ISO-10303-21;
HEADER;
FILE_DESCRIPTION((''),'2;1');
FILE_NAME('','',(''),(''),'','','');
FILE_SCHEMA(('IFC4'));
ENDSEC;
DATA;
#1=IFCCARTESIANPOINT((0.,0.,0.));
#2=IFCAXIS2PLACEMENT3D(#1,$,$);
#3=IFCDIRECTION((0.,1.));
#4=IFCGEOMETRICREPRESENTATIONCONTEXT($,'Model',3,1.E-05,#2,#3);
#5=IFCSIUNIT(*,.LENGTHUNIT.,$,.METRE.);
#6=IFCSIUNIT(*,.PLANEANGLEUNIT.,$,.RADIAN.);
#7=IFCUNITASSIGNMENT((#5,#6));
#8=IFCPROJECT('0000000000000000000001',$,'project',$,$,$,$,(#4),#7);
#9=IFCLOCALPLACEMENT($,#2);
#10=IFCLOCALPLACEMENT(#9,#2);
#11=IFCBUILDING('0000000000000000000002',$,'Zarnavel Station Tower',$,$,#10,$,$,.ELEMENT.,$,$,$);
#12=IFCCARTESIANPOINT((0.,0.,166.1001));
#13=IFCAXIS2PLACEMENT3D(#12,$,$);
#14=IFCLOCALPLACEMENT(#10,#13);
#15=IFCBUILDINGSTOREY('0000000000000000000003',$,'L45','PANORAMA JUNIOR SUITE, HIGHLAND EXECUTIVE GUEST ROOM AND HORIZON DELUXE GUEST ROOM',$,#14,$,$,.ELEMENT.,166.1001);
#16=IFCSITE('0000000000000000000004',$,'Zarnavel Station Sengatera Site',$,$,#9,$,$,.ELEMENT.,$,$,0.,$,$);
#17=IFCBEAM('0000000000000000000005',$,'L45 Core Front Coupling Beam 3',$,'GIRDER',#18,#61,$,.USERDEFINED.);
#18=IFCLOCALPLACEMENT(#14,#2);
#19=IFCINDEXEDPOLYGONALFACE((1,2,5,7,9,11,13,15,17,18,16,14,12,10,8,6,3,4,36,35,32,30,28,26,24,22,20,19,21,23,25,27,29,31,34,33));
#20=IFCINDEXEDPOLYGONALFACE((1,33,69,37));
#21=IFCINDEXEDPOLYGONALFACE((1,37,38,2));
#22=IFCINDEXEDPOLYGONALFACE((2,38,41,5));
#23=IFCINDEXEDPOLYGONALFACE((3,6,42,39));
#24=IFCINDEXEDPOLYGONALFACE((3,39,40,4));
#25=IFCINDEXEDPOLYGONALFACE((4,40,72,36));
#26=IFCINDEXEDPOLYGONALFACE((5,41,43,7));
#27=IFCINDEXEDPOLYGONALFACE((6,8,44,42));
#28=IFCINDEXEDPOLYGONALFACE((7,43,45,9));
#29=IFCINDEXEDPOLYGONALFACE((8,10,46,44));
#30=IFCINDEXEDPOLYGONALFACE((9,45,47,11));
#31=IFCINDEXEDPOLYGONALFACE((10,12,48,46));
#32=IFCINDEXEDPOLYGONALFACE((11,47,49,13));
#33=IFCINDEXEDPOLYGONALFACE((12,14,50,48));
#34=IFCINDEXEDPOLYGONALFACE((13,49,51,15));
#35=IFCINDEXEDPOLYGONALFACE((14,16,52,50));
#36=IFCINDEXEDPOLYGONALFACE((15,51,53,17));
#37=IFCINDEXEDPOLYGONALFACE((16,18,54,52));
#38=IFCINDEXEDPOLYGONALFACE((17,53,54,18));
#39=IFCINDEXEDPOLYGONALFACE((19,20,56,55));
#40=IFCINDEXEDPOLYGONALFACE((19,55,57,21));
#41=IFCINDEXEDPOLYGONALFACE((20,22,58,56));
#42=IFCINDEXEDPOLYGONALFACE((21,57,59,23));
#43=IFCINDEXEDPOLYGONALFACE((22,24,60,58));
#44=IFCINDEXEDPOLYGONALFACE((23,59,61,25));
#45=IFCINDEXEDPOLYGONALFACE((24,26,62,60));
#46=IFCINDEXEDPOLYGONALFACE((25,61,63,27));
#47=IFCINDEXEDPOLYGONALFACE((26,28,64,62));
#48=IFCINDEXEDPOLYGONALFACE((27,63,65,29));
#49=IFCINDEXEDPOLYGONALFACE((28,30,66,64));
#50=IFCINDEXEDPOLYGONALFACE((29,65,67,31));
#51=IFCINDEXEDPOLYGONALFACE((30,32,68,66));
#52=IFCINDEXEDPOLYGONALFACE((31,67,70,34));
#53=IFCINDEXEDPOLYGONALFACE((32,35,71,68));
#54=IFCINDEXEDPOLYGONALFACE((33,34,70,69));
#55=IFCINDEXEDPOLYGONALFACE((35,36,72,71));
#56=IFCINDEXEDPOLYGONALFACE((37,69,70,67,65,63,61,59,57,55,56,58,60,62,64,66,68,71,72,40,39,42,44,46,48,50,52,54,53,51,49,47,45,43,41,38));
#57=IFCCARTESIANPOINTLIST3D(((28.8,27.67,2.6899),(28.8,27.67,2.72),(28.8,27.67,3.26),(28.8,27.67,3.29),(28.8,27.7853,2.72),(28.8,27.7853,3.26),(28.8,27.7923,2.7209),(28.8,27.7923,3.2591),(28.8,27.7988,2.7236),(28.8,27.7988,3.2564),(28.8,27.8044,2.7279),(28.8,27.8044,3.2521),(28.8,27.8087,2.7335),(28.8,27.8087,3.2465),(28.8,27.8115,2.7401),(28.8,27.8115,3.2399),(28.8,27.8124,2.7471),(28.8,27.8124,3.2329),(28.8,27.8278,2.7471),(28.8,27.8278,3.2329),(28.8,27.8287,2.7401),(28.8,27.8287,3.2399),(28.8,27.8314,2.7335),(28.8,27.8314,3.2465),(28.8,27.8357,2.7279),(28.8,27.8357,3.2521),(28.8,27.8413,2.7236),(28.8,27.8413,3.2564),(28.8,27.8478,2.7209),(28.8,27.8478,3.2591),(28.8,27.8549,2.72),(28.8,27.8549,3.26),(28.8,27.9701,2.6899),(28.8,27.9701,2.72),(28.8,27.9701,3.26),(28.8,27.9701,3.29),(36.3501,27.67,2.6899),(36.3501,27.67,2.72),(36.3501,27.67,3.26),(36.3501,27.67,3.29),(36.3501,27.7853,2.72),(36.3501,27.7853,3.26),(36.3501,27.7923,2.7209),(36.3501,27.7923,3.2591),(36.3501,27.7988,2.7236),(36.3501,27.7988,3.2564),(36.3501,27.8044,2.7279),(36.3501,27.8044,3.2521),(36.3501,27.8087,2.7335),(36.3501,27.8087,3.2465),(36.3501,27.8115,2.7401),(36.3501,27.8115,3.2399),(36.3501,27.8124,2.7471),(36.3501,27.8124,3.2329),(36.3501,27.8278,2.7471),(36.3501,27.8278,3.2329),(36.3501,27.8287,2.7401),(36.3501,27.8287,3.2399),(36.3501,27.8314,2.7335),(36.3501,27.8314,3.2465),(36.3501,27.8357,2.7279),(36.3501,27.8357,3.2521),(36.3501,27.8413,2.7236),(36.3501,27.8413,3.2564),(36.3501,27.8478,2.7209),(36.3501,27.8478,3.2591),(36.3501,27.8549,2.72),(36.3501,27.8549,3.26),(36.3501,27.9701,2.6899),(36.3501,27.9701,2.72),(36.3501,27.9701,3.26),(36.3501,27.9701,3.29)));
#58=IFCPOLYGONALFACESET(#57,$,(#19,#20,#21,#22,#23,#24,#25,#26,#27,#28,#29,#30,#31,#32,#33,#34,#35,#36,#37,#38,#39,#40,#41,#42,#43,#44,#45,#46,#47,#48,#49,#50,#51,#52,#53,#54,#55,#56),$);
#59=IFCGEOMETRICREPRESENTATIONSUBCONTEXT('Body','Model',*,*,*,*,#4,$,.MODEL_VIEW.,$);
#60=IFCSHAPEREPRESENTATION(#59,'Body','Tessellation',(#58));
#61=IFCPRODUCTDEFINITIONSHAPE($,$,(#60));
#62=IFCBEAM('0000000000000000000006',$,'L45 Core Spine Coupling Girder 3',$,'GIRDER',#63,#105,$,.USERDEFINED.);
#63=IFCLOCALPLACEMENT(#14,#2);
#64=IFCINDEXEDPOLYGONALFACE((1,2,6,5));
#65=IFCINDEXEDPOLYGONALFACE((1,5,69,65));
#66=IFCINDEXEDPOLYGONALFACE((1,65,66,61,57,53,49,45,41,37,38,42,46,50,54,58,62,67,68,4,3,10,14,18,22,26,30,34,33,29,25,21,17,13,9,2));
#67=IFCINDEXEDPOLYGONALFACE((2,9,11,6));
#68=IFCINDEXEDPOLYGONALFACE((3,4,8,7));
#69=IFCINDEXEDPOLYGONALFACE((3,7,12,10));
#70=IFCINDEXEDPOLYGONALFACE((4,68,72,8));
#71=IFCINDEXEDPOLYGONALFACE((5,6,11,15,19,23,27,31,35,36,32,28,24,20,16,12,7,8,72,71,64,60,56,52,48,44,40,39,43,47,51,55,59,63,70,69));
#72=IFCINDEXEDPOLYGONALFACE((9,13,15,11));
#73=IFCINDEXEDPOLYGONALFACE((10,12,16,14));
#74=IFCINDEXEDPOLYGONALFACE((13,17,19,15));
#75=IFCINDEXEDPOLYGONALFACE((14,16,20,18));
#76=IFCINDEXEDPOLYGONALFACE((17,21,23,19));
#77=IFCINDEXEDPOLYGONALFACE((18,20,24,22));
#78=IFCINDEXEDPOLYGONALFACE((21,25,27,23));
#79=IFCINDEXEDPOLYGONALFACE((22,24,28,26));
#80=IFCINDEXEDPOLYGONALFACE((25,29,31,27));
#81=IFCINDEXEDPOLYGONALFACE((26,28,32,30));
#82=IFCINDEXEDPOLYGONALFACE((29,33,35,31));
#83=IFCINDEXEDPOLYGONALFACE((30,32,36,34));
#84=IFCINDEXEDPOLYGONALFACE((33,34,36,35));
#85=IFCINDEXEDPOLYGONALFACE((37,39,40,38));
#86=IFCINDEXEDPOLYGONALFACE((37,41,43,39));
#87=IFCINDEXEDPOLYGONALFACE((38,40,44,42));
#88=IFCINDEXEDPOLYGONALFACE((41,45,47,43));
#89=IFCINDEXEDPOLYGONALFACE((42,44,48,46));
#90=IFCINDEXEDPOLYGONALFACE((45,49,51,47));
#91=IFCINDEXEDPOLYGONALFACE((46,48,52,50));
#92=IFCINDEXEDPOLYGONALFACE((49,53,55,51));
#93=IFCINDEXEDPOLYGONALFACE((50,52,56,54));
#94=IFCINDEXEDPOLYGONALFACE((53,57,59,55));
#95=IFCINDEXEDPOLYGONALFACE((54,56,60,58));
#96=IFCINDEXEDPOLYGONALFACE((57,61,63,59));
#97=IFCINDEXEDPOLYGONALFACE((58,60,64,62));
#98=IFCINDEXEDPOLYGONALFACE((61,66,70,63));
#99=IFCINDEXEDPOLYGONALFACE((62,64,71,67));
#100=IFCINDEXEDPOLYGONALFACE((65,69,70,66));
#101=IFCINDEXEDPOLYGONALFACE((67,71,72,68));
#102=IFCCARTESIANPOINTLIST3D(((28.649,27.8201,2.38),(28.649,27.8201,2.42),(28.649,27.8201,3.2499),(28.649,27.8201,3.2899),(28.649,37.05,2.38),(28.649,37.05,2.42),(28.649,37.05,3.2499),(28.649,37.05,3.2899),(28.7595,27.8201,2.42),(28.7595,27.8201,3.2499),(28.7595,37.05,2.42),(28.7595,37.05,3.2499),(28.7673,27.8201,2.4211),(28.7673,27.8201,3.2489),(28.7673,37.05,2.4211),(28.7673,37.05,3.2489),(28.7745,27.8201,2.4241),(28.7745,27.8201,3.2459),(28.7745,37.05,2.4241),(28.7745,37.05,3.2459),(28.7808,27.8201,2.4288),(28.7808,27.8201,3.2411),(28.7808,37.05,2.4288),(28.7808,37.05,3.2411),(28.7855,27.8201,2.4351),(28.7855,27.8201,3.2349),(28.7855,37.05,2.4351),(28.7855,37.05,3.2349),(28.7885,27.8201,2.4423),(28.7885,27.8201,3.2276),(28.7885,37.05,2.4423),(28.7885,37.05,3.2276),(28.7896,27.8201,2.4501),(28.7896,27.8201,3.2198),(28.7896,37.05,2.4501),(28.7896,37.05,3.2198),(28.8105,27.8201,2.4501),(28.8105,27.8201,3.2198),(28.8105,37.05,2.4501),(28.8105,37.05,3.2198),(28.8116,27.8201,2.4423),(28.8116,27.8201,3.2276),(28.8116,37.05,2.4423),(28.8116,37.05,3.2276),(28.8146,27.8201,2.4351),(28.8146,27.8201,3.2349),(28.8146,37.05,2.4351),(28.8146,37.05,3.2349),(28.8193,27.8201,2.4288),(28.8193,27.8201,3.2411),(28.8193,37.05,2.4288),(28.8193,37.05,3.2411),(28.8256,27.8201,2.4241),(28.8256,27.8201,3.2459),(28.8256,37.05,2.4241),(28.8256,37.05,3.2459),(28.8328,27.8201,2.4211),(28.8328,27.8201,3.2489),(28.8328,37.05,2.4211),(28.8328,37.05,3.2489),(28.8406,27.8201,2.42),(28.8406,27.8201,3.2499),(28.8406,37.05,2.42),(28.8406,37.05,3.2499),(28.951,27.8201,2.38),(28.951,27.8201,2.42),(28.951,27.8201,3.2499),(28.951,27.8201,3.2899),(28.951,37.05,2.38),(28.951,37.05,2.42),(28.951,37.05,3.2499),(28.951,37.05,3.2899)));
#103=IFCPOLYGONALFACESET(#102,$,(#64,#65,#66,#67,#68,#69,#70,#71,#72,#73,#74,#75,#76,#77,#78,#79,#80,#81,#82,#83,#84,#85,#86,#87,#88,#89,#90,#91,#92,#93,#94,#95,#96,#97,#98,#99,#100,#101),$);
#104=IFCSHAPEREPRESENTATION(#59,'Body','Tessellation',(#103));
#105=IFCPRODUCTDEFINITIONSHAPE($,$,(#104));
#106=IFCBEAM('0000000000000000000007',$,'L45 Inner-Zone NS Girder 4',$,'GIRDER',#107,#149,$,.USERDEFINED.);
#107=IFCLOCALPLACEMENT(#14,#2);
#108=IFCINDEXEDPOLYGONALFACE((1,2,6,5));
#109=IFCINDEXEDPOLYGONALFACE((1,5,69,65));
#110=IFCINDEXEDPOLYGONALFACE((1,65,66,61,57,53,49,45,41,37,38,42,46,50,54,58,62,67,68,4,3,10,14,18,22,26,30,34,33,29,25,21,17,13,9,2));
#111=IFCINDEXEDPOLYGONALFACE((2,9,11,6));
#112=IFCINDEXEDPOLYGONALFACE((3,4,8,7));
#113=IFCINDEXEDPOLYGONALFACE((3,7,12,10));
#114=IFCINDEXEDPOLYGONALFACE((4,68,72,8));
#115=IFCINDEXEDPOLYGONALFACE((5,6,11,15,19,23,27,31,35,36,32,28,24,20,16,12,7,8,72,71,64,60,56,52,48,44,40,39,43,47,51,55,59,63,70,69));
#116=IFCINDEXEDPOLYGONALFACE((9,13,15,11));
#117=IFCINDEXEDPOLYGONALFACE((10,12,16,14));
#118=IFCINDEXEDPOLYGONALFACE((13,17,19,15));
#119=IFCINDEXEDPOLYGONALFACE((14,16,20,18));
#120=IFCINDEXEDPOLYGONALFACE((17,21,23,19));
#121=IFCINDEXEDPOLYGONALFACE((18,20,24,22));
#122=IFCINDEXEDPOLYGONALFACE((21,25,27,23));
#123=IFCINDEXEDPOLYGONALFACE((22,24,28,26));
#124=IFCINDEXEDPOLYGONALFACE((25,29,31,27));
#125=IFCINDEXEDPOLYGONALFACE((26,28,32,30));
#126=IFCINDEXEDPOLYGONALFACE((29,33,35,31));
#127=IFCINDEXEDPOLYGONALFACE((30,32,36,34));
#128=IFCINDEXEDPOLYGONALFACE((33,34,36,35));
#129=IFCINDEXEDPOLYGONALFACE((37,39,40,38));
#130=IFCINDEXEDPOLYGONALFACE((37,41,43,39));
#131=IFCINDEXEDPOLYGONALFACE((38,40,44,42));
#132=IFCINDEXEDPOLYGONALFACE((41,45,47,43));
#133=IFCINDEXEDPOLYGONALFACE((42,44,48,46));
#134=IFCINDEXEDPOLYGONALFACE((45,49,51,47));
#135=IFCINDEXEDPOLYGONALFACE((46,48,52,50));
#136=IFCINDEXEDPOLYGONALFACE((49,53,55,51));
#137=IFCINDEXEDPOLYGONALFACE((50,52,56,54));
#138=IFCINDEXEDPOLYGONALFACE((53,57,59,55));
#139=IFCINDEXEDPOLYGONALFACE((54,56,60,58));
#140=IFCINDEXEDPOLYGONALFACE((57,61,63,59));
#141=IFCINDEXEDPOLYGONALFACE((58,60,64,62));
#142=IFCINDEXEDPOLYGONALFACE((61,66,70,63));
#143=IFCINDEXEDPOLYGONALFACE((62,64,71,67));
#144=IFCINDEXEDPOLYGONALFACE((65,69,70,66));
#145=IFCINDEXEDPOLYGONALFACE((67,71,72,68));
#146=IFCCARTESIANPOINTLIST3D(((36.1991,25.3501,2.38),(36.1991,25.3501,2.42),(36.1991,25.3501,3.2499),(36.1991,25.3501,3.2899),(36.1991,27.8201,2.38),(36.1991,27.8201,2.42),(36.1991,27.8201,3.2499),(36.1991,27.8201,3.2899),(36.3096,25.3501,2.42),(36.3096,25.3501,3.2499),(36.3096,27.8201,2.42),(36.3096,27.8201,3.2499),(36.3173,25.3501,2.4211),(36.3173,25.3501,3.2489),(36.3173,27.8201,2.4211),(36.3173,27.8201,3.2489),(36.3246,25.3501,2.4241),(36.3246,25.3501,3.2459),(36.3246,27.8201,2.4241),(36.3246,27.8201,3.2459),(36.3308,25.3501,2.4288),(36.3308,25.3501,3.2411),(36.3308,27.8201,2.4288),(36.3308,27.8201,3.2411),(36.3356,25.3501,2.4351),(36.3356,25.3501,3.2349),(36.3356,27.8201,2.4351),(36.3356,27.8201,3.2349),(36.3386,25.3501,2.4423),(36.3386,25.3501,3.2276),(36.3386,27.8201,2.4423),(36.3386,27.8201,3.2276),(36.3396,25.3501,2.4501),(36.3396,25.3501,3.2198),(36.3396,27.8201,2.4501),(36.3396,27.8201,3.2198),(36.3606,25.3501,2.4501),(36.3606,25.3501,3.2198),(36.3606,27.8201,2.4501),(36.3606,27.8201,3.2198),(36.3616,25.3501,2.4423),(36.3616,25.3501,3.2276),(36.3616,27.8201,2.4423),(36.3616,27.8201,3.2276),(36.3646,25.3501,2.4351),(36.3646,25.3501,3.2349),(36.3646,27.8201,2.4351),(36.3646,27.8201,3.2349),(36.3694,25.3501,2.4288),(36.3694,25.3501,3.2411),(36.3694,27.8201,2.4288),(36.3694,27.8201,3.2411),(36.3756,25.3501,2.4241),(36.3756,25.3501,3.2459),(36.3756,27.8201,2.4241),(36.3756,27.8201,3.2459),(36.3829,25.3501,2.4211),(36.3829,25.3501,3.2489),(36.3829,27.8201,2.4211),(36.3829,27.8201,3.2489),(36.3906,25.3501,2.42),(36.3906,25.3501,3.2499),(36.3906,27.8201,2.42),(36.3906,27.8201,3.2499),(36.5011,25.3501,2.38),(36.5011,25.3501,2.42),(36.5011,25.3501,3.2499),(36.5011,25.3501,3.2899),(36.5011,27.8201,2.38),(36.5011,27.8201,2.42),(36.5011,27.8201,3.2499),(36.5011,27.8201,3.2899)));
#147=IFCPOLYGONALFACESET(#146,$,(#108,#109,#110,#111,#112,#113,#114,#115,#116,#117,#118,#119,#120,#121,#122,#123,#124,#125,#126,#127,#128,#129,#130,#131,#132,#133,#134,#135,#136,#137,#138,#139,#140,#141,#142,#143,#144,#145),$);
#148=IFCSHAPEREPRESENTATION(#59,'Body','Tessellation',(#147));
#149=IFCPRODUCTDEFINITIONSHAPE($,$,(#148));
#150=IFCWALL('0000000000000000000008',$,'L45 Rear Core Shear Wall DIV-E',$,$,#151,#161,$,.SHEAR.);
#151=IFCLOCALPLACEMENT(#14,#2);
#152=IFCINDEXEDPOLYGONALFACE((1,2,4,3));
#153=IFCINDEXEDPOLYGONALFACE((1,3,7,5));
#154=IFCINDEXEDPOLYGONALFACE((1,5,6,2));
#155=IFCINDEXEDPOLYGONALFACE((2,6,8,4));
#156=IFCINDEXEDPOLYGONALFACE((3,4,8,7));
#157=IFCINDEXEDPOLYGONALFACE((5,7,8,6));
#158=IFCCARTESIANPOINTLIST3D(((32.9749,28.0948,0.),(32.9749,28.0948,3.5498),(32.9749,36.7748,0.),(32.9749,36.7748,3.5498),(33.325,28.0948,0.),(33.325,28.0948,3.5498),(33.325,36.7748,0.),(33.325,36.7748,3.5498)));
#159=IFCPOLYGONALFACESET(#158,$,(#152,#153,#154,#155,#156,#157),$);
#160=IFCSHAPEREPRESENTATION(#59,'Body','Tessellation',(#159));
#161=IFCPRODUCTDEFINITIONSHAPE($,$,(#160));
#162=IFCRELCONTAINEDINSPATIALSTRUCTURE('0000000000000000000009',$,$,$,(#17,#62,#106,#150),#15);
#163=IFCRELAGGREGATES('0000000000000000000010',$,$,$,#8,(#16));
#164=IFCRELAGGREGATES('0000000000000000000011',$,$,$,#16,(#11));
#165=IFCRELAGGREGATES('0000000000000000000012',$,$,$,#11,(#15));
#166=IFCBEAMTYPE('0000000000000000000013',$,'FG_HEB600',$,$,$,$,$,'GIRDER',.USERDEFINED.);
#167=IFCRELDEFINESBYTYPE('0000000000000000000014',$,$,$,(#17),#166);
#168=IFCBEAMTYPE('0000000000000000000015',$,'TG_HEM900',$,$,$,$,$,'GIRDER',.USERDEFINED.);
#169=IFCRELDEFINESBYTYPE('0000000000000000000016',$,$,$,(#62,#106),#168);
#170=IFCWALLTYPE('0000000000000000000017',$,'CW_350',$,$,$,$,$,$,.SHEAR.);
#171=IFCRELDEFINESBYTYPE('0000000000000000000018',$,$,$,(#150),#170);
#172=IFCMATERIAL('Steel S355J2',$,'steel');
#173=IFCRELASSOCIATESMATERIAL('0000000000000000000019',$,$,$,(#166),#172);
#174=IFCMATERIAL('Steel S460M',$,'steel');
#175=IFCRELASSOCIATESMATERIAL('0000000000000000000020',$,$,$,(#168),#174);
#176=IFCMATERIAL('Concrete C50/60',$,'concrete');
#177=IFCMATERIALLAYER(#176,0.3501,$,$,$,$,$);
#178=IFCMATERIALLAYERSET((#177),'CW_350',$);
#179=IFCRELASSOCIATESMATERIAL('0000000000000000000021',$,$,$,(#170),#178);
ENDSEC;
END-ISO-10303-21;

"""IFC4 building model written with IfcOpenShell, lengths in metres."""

from ifc_helpers import new_model, si_unit, direction, frame, frame_2d, origin, origin_2d, place, context, subcontext, project, spatial, rectangle, i_section, extrude, material, layer, layer_set, material_profile, profile_set, type_object, element, save


model = new_model("IFC4")

# Units and contexts
model_context = context("Model", 3, precision=1e-05, world=origin(), true_north=direction((0.0, 1.0)))
body_context = subcontext(model_context, "Body", "Model", "MODEL_VIEW")
ifc_project = project(units=[si_unit("LENGTHUNIT", "METRE"), si_unit("PLANEANGLEUNIT", "RADIAN")], contexts=[model_context])

# Site, building, storey
site_placement = place(None, origin())
site = spatial("IfcSite", under=ifc_project, at=site_placement, Name="Zarnavel Station Sengatera Site", CompositionType="ELEMENT", RefElevation=0.0)
building_placement = place(site_placement, origin())
building = spatial("IfcBuilding", under=site, at=building_placement, Name="Zarnavel Station Tower", CompositionType="ELEMENT")
storey_placement = place(building_placement, frame((0.0, 0.0, 166.1001)))
storey = spatial("IfcBuildingStorey", under=building, at=storey_placement, Name="L45", Description="PANORAMA JUNIOR SUITE, HIGHLAND EXECUTIVE GUEST ROOM AND HORIZON DELUXE GUEST ROOM", CompositionType="ELEMENT", Elevation=166.1001)

# Beams
ifc_material_1 = material(Name="Steel S355J2", Category="steel")
ifc_material_profile_1 = material_profile(ifc_material_1, i_section(OverallWidth=0.3, OverallDepth=0.6001, WebThickness=0.0154, FlangeThickness=0.03, FilletRadius=0.0271, at=origin_2d()), Name="HEB600")
ifc_profile_set_1 = profile_set([ifc_material_profile_1], Name="Steel S355J2")
beam_type_1 = type_object("IfcBeamType", Name="FG_HEB600", ElementType="GIRDER", PredefinedType="USERDEFINED", material=ifc_profile_set_1)
beam_1_placement = place(storey_placement, frame((28.8, 27.8201, 2.99), z_axis=(1.0, 0.0, 0.0), x_axis=(0.0, 1.0, 0.0)))
element("IfcBeam", 1, at=beam_1_placement, inside=storey, type_object=beam_type_1, Name="L45 Core Front Coupling Beam 3", ObjectType="GIRDER", PredefinedType="USERDEFINED", context=body_context, shape_type="SweptSolid", body=[
    extrude(i_section(OverallWidth=0.3, OverallDepth=0.6001, WebThickness=0.0154, FlangeThickness=0.03, FilletRadius=0.0271, at=origin_2d()), origin(), (0.0, 0.0, 1.0), 7.55),
])
ifc_material_2 = material(Name="Steel S460M", Category="steel")
ifc_material_profile_2 = material_profile(ifc_material_2, i_section(OverallWidth=0.302, OverallDepth=0.9099, WebThickness=0.021, FlangeThickness=0.04, FilletRadius=0.03, at=origin_2d()), Name="HEM900")
ifc_profile_set_2 = profile_set([ifc_material_profile_2], Name="Steel S460M")
beam_type_2 = type_object("IfcBeamType", Name="TG_HEM900", ElementType="GIRDER", PredefinedType="USERDEFINED", material=ifc_profile_set_2)
beam_2_placement = place(storey_placement, frame((28.8, 27.8201, 2.835), z_axis=(0.0, 1.0, 0.0), x_axis=(-1.0, 0.0, 0.0)))
element("IfcBeam", 2, at=beam_2_placement, inside=storey, type_object=beam_type_2, Name="L45 Core Spine Coupling Girder 3", ObjectType="GIRDER", PredefinedType="USERDEFINED", context=body_context, shape_type="SweptSolid", body=[
    extrude(i_section(OverallWidth=0.302, OverallDepth=0.9099, WebThickness=0.021, FlangeThickness=0.04, FilletRadius=0.03, at=origin_2d()), origin(), (0.0, 0.0, 1.0), 9.23),
])
beam_3_placement = place(storey_placement, frame((36.3501, 25.3501, 2.835), z_axis=(0.0, 1.0, 0.0), x_axis=(-1.0, 0.0, 0.0)))
element("IfcBeam", 3, at=beam_3_placement, inside=storey, type_object=beam_type_2, Name="L45 Inner-Zone NS Girder 4", ObjectType="GIRDER", PredefinedType="USERDEFINED", context=body_context, shape_type="SweptSolid", body=[
    extrude(i_section(OverallWidth=0.302, OverallDepth=0.9099, WebThickness=0.021, FlangeThickness=0.04, FilletRadius=0.03, at=origin_2d()), origin(), (0.0, 0.0, 1.0), 2.47),
])

# Wall
ifc_material_3 = material(Name="Concrete C50/60", Category="concrete")
ifc_layer_1 = layer(ifc_material_3, 0.3501)
ifc_layer_set_1 = layer_set([ifc_layer_1], Name="CW_350")
wall_type_1 = type_object("IfcWallType", Name="CW_350", PredefinedType="SHEAR", material=ifc_layer_set_1)
wall_1_placement = place(storey_placement, frame((33.1499, 28.095, 0.0), z_axis=(0.0, 0.0, 1.0), x_axis=(0.0, 1.0, 0.0)))
element("IfcWall", 4, at=wall_1_placement, inside=storey, type_object=wall_type_1, Name="L45 Rear Core Shear Wall DIV-E", PredefinedType="SHEAR", context=body_context, shape_type="SweptSolid", body=[
    extrude(rectangle(XDim=8.6799, YDim=0.3501, at=frame_2d((4.3398, 0.0))), origin(), (0.0, 0.0, 1.0), 3.5498),
])

save(model, "model.ifc")
